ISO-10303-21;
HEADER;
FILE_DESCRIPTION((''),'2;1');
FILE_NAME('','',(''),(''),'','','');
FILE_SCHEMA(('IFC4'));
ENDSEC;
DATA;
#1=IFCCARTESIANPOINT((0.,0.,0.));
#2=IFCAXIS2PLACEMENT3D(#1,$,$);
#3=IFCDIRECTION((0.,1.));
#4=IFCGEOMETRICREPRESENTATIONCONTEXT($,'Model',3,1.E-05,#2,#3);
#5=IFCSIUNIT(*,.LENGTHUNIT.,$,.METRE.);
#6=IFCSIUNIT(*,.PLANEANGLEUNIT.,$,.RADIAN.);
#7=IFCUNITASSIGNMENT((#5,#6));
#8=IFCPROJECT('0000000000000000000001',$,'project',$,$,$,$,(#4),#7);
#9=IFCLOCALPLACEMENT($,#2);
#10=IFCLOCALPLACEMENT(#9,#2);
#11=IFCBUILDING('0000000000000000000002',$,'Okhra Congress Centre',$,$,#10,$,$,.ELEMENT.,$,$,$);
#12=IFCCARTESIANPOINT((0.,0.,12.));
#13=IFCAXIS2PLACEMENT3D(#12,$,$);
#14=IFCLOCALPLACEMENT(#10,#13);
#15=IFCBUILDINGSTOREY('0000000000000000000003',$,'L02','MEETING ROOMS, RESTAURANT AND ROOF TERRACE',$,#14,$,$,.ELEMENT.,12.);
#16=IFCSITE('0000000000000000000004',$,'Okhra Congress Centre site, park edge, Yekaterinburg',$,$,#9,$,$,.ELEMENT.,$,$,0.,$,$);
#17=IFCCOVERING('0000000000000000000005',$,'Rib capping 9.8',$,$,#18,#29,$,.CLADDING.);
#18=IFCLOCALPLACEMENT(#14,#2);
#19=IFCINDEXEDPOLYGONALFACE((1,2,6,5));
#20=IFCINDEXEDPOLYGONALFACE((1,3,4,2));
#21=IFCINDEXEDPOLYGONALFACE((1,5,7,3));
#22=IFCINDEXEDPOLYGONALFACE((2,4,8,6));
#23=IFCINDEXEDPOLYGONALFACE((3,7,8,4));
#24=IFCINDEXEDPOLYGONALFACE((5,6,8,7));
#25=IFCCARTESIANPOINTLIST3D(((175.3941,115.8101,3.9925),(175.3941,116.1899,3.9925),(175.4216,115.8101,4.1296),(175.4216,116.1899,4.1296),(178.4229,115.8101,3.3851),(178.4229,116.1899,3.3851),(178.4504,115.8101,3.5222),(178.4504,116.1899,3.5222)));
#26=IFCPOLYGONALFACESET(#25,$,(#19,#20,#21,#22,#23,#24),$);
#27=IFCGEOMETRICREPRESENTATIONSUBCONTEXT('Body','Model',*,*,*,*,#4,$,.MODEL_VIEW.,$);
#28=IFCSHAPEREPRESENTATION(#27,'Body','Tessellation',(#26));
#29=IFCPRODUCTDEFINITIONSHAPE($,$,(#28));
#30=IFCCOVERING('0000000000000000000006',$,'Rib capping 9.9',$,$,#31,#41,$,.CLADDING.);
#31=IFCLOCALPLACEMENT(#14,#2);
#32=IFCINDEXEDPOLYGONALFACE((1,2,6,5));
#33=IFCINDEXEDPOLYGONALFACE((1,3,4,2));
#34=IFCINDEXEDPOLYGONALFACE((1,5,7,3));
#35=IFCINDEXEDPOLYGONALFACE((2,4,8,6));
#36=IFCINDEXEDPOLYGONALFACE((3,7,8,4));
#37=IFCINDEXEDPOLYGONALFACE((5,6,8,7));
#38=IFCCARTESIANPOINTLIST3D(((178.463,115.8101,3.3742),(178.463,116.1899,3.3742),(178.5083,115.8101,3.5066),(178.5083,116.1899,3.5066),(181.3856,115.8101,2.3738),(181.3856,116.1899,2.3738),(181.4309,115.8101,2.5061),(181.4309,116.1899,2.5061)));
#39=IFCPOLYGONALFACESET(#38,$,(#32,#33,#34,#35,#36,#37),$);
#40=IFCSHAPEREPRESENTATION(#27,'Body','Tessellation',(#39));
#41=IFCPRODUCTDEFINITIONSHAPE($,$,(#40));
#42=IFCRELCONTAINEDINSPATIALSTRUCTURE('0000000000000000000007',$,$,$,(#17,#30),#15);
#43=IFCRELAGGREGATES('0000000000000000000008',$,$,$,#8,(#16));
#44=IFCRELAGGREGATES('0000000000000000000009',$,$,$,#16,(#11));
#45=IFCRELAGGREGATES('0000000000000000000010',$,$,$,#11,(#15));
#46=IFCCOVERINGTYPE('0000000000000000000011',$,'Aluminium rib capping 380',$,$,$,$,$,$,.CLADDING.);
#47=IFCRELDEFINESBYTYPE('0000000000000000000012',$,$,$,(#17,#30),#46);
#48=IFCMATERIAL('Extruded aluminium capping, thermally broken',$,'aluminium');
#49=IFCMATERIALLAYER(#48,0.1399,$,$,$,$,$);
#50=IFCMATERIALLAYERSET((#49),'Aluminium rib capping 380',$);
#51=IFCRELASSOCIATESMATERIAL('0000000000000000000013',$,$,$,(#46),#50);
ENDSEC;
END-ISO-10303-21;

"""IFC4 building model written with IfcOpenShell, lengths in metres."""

from ifc_helpers import new_model, si_unit, direction, frame, origin, place, context, subcontext, project, spatial, polyline, outline, extrude, material, layer, layer_set, type_object, element, save


model = new_model("IFC4")

# Units and contexts
model_context = context("Model", 3, precision=1e-05, world=origin(), true_north=direction((0.0, 1.0)))
body_context = subcontext(model_context, "Body", "Model", "MODEL_VIEW")
ifc_project = project(units=[si_unit("LENGTHUNIT", "METRE"), si_unit("PLANEANGLEUNIT", "RADIAN")], contexts=[model_context])

# Site, building, storey
site_placement = place(None, origin())
site = spatial("IfcSite", under=ifc_project, at=site_placement, Name="Okhra Congress Centre site, park edge, Yekaterinburg", CompositionType="ELEMENT", RefElevation=0.0)
building_placement = place(site_placement, origin())
building = spatial("IfcBuilding", under=site, at=building_placement, Name="Okhra Congress Centre", CompositionType="ELEMENT")
storey_placement = place(building_placement, frame((0.0, 0.0, 12.0)))
storey = spatial("IfcBuildingStorey", under=building, at=storey_placement, Name="L02", Description="MEETING ROOMS, RESTAURANT AND ROOF TERRACE", CompositionType="ELEMENT", Elevation=12.0)

# Coverings
ifc_material_1 = material(Name="Extruded aluminium capping, thermally broken", Category="aluminium")
ifc_layer = layer(ifc_material_1, 0.1399)
ifc_layer_set = layer_set([ifc_layer], Name="Aluminium rib capping 380")
covering_type = type_object("IfcCoveringType", Name="Aluminium rib capping 380", PredefinedType="CLADDING", material=ifc_layer_set)
covering_1_placement = place(storey_placement, frame((175.4216, 115.8101, 4.1296), z_axis=(0.196633, 0.0, 0.980477), x_axis=(0.980477, 0.0, -0.196633)))
element("IfcCovering", 1, at=covering_1_placement, inside=storey, type_object=covering_type, Name="Rib capping 9.8", PredefinedType="CLADDING", context=body_context, shape_type="SweptSolid", body=[
    extrude(outline(polyline([(0.0, 0.0), (3.0891, 0.0), (3.0891, 0.3799), (0.0, 0.3799), (0.0, 0.0)])), origin(), (0.0, 0.0, -1.0), 0.1399),
])
covering_2_placement = place(storey_placement, frame((178.5083, 115.8101, 3.5066), z_axis=(0.323876, 0.0, 0.9461), x_axis=(0.9461, 0.0, -0.323876)))
element("IfcCovering", 2, at=covering_2_placement, inside=storey, type_object=covering_type, Name="Rib capping 9.9", PredefinedType="CLADDING", context=body_context, shape_type="SweptSolid", body=[
    extrude(outline(polyline([(0.0, 0.0), (3.0891, 0.0), (3.0891, 0.3799), (0.0, 0.3799), (0.0, 0.0)])), origin(), (0.0, 0.0, -1.0), 0.1399),
])

save(model, "model.ifc")
